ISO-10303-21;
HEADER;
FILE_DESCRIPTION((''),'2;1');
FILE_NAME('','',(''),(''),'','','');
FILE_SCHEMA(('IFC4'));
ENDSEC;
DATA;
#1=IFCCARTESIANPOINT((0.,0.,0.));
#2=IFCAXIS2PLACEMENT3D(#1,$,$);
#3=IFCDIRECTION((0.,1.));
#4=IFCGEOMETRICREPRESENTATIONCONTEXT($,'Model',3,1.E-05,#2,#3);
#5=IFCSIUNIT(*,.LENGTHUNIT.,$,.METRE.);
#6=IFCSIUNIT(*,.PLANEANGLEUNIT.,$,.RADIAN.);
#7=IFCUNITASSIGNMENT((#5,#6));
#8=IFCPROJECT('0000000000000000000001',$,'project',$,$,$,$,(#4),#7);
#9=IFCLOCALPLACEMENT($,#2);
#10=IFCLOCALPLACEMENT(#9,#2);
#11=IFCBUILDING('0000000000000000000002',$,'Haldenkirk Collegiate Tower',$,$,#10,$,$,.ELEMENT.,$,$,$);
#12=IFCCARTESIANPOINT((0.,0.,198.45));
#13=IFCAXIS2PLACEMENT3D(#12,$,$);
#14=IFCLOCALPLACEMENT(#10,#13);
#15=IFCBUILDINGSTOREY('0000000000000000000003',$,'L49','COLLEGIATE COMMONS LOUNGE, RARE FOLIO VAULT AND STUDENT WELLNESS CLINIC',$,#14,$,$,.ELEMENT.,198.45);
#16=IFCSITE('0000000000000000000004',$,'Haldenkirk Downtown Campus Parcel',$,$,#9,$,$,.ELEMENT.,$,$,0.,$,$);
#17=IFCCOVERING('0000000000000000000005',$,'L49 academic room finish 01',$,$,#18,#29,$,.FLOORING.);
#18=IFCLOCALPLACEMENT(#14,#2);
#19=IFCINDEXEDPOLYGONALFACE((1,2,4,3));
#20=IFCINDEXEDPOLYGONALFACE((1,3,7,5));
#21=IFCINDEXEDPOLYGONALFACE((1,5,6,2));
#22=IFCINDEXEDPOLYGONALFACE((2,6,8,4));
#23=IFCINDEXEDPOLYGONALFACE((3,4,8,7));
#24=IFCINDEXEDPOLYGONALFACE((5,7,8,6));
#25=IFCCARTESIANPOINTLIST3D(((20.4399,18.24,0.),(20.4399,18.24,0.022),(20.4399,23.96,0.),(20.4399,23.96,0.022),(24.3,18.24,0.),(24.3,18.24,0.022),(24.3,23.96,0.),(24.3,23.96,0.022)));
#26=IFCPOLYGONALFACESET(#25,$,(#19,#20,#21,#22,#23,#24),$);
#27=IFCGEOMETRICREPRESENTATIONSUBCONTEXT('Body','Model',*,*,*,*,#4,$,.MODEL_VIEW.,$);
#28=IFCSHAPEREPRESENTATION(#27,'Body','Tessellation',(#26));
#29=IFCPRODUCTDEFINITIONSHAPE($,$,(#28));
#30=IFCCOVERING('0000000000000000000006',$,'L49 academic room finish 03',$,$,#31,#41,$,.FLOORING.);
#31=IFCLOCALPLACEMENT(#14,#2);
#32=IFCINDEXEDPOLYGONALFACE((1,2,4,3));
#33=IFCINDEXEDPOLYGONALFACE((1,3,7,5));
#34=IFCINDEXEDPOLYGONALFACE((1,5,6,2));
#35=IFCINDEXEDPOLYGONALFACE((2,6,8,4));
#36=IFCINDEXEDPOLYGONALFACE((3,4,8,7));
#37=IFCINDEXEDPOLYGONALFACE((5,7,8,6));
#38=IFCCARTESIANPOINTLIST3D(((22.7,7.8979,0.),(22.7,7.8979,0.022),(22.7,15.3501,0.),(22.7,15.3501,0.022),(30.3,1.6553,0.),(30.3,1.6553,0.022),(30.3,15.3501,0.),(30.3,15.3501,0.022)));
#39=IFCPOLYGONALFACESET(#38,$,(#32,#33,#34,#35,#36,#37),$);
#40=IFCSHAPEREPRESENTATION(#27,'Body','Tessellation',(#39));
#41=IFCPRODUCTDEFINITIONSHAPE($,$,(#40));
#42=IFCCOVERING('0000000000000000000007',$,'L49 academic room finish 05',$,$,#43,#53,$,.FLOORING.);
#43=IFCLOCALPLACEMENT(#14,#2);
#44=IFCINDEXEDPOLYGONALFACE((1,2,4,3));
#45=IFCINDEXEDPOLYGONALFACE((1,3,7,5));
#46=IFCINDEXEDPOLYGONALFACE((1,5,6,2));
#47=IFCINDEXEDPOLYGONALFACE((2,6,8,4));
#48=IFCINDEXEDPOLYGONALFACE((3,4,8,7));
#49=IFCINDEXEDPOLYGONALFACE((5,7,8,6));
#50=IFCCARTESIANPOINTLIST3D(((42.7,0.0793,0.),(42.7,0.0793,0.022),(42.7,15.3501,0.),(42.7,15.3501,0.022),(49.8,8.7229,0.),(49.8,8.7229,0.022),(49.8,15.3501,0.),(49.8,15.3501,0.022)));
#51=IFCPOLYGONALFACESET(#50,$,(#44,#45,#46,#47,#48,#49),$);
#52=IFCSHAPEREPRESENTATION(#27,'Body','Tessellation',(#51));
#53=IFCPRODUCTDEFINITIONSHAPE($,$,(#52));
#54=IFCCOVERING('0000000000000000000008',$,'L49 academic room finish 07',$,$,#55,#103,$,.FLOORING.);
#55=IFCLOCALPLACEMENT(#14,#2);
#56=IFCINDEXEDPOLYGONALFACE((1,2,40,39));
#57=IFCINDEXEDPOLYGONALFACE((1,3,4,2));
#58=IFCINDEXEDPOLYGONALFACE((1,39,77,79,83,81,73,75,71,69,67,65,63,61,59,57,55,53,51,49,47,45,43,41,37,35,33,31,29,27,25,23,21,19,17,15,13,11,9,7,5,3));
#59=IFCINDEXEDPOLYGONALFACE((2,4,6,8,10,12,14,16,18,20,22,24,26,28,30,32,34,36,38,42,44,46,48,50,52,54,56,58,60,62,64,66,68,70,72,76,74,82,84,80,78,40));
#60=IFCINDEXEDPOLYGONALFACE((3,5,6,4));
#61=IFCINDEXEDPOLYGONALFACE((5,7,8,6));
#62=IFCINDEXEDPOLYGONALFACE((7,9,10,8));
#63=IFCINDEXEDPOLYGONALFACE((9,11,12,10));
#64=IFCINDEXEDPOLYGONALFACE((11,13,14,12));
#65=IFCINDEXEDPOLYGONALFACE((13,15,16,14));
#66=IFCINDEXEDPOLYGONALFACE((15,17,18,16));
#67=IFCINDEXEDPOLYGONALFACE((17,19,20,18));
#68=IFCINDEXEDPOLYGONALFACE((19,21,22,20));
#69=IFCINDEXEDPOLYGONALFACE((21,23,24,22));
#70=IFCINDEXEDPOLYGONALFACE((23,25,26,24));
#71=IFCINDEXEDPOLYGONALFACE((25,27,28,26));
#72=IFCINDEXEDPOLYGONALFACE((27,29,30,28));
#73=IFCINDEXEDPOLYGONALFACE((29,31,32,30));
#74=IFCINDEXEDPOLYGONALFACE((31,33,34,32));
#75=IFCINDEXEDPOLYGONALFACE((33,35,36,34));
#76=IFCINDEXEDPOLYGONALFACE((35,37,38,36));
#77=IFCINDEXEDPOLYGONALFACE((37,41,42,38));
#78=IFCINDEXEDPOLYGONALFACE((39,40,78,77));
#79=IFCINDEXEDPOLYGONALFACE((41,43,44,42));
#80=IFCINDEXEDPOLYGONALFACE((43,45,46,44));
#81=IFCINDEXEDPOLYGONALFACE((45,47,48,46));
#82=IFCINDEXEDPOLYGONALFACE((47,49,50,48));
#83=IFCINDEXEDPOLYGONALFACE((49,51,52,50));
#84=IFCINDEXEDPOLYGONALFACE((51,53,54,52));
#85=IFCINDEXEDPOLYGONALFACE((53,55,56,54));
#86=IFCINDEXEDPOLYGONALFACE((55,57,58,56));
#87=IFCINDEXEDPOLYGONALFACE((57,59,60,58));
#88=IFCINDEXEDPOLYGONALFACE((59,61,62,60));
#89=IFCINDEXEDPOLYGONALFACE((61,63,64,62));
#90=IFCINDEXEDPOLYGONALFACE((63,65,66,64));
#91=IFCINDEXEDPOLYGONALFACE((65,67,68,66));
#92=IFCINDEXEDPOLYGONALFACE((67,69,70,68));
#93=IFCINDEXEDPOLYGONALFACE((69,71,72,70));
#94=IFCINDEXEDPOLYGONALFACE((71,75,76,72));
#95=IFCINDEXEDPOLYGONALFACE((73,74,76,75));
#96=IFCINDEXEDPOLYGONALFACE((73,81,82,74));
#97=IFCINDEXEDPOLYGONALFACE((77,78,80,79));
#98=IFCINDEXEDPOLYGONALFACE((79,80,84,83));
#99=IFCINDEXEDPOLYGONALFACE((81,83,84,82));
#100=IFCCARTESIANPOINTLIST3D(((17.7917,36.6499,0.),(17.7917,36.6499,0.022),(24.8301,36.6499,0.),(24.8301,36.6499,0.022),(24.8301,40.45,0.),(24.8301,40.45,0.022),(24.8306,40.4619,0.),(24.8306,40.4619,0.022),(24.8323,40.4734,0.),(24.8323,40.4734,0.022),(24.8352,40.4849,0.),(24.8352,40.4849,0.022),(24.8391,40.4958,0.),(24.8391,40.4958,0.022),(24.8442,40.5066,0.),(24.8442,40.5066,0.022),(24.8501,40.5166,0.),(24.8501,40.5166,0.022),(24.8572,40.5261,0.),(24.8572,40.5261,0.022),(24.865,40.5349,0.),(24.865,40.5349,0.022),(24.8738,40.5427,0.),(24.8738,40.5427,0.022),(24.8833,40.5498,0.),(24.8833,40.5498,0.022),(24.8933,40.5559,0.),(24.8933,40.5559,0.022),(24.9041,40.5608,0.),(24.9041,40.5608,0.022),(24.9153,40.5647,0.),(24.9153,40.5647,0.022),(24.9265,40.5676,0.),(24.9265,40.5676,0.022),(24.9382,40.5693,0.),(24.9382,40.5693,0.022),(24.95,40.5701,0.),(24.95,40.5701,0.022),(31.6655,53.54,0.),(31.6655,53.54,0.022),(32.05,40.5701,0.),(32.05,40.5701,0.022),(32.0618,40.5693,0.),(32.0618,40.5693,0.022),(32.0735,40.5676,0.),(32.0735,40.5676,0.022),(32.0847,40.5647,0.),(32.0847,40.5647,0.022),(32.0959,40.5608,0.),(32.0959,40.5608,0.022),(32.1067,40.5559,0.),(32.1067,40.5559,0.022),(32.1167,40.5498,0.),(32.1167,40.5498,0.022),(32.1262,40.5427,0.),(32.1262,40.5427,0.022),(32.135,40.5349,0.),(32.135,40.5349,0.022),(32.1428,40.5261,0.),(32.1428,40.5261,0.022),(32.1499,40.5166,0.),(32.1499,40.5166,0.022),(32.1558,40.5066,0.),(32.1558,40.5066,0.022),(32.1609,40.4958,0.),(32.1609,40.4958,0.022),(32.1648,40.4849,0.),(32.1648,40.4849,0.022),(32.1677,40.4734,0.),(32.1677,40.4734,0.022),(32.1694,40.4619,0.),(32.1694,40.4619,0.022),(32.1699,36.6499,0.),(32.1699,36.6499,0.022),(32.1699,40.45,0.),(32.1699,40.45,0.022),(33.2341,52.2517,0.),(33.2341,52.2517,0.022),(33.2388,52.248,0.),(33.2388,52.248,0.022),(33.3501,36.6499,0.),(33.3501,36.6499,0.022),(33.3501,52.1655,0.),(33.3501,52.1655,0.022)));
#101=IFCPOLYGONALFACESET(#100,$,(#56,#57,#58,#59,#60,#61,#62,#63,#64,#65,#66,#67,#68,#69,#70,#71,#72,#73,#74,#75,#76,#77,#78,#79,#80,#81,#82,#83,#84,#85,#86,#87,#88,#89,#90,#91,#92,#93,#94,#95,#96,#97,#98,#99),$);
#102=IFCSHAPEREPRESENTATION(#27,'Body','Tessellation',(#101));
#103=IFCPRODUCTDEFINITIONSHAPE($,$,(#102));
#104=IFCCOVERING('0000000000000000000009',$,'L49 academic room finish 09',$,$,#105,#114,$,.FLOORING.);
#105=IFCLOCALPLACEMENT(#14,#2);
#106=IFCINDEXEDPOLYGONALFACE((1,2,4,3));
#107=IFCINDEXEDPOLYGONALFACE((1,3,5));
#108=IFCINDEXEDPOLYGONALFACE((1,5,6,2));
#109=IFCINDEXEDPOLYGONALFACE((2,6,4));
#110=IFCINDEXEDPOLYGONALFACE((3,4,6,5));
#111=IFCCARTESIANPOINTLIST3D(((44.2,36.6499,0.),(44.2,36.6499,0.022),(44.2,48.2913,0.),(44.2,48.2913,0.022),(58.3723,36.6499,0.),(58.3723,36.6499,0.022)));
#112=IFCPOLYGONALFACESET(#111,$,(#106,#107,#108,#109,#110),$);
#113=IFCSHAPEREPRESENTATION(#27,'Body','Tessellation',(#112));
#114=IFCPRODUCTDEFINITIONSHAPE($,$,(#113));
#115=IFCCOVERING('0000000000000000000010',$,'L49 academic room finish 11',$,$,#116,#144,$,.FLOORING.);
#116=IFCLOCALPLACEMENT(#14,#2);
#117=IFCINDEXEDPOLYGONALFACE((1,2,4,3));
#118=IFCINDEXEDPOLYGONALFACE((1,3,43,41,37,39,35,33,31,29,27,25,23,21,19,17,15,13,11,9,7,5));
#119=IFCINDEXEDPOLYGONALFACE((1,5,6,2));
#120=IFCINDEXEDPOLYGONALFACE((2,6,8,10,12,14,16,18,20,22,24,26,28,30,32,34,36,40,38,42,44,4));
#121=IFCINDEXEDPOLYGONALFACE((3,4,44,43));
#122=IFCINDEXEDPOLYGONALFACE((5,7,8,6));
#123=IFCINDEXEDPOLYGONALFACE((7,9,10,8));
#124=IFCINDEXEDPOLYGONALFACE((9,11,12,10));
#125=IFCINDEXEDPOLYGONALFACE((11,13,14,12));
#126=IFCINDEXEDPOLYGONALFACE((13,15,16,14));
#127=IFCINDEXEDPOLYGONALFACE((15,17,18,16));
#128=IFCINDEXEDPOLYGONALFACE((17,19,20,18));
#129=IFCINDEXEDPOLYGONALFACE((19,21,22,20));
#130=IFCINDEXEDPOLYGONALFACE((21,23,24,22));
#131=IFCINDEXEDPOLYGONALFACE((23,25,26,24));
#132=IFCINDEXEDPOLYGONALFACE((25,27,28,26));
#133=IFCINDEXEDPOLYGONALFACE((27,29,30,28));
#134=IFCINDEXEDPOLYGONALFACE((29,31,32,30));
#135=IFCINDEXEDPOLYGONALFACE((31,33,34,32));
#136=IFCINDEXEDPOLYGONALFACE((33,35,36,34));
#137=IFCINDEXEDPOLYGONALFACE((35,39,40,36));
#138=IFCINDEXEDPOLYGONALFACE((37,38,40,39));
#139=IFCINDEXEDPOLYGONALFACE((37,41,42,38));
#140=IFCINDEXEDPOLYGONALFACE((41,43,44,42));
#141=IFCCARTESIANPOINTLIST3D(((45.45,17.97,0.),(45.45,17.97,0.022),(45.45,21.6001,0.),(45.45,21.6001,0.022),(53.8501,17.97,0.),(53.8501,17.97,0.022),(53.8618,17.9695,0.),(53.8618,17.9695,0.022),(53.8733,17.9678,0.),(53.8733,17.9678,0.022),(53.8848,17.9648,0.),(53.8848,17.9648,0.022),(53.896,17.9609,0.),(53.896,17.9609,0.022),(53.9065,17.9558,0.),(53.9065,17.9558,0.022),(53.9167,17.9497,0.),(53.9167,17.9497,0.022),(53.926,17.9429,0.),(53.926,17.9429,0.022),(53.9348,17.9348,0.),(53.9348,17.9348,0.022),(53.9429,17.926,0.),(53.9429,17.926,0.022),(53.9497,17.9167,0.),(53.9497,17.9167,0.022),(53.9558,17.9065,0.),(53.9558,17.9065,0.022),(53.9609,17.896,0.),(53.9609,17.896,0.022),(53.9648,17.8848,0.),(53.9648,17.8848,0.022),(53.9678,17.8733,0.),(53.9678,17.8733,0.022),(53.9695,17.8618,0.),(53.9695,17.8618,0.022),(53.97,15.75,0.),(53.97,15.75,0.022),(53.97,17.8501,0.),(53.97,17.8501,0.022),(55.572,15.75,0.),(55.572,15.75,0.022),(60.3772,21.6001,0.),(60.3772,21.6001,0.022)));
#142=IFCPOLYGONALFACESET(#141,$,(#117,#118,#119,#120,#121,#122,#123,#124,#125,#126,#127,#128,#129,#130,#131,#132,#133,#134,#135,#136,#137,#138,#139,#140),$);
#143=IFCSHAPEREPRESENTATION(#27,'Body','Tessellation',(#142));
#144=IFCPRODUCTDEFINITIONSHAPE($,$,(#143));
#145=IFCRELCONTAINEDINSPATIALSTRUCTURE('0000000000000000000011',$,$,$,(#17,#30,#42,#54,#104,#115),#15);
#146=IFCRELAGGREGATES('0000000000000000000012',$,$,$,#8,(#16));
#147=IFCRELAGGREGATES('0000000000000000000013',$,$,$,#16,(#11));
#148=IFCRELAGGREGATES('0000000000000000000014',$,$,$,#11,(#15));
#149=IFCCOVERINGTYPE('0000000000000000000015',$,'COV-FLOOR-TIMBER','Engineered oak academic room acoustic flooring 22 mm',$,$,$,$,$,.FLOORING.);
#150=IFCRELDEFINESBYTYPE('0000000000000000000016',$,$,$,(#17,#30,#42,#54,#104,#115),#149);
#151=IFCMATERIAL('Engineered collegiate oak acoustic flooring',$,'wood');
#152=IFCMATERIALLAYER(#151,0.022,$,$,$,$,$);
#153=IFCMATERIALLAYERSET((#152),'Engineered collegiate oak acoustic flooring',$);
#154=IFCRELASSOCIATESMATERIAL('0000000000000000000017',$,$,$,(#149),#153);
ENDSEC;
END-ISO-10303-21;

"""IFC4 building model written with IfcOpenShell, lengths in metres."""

from ifc_helpers import new_model, si_unit, direction, frame, origin, place, context, subcontext, project, spatial, polyline, outline, extrude, material, layer, layer_set, type_object, element, save


model = new_model("IFC4")

# Units and contexts
model_context = context("Model", 3, precision=1e-05, world=origin(), true_north=direction((0.0, 1.0)))
body_context = subcontext(model_context, "Body", "Model", "MODEL_VIEW")
ifc_project = project(units=[si_unit("LENGTHUNIT", "METRE"), si_unit("PLANEANGLEUNIT", "RADIAN")], contexts=[model_context])

# Site, building, storey
site_placement = place(None, origin())
site = spatial("IfcSite", under=ifc_project, at=site_placement, Name="Haldenkirk Downtown Campus Parcel", CompositionType="ELEMENT", RefElevation=0.0)
building_placement = place(site_placement, origin())
building = spatial("IfcBuilding", under=site, at=building_placement, Name="Haldenkirk Collegiate Tower", CompositionType="ELEMENT")
storey_placement = place(building_placement, frame((0.0, 0.0, 198.45)))
storey = spatial("IfcBuildingStorey", under=building, at=storey_placement, Name="L49", Description="COLLEGIATE COMMONS LOUNGE, RARE FOLIO VAULT AND STUDENT WELLNESS CLINIC", CompositionType="ELEMENT", Elevation=198.45)

# Coverings
ifc_material_1 = material(Name="Engineered collegiate oak acoustic flooring", Category="wood")
ifc_layer_1 = layer(ifc_material_1, 0.022)
ifc_layer_set_1 = layer_set([ifc_layer_1], Name="Engineered collegiate oak acoustic flooring")
covering_type_1 = type_object("IfcCoveringType", Name="COV-FLOOR-TIMBER", Description="Engineered oak academic room acoustic flooring 22 mm", PredefinedType="FLOORING", material=ifc_layer_set_1)
covering_1_placement = place(storey_placement, origin())
element("IfcCovering", 1, at=covering_1_placement, inside=storey, type_object=covering_type_1, Name="L49 academic room finish 01", PredefinedType="FLOORING", context=body_context, shape_type="SweptSolid", body=[
    extrude(outline(polyline([(20.4399, 18.24), (20.4399, 23.96), (24.3, 23.96), (24.3, 18.24), (20.4399, 18.24)])), origin(), (0.0, 0.0, 1.0), 0.022),
])
covering_2_placement = place(storey_placement, origin())
element("IfcCovering", 2, at=covering_2_placement, inside=storey, type_object=covering_type_1, Name="L49 academic room finish 03", PredefinedType="FLOORING", context=body_context, shape_type="SweptSolid", body=[
    extrude(outline(polyline([(22.7, 7.8979), (22.7, 15.3501), (30.3, 15.3501), (30.3, 1.6553), (22.7, 7.8979)])), origin(), (0.0, 0.0, 1.0), 0.022),
])
covering_3_placement = place(storey_placement, origin())
element("IfcCovering", 3, at=covering_3_placement, inside=storey, type_object=covering_type_1, Name="L49 academic room finish 05", PredefinedType="FLOORING", context=body_context, shape_type="SweptSolid", body=[
    extrude(outline(polyline([(42.7, 0.0793), (42.7, 15.3501), (49.8, 15.3501), (49.8, 8.7229), (42.7, 0.0793)])), origin(), (0.0, 0.0, 1.0), 0.022),
])
covering_4_placement = place(storey_placement, origin())
element("IfcCovering", 4, at=covering_4_placement, inside=storey, type_object=covering_type_1, Name="L49 academic room finish 07", PredefinedType="FLOORING", context=body_context, shape_type="SweptSolid", body=[
    extrude(outline(polyline([(33.2341, 52.2517), (33.2388, 52.248), (33.3501, 52.1655), (33.3501, 36.6499), (32.1699, 36.6499), (32.1699, 40.45), (32.1694, 40.4619), (32.1677, 40.4734), (32.1648, 40.4849), (32.1609, 40.4958), (32.1558, 40.5066), (32.1499, 40.5166), (32.1428, 40.5261), (32.135, 40.5349), (32.1262, 40.5427), (32.1167, 40.5498), (32.1067, 40.5559), (32.0959, 40.5608), (32.0847, 40.5647), (32.0735, 40.5676), (32.0618, 40.5693), (32.05, 40.5701), (24.95, 40.5701), (24.9382, 40.5693), (24.9265, 40.5676), (24.9153, 40.5647), (24.9041, 40.5608), (24.8933, 40.5559), (24.8833, 40.5498), (24.8738, 40.5427), (24.865, 40.5349), (24.8572, 40.5261), (24.8501, 40.5166), (24.8442, 40.5066), (24.8391, 40.4958), (24.8352, 40.4849), (24.8323, 40.4734), (24.8306, 40.4619), (24.8301, 40.45), (24.8301, 36.6499), (17.7917, 36.6499), (31.6655, 53.54), (33.2341, 52.2517)])), origin(), (0.0, 0.0, 1.0), 0.022),
])
covering_5_placement = place(storey_placement, origin())
element("IfcCovering", 5, at=covering_5_placement, inside=storey, type_object=covering_type_1, Name="L49 academic room finish 09", PredefinedType="FLOORING", context=body_context, shape_type="SweptSolid", body=[
    extrude(outline(polyline([(58.3723, 36.6499), (44.2, 36.6499), (44.2, 48.2913), (58.3723, 36.6499)])), origin(), (0.0, 0.0, 1.0), 0.022),
])
covering_6_placement = place(storey_placement, origin())
element("IfcCovering", 6, at=covering_6_placement, inside=storey, type_object=covering_type_1, Name="L49 academic room finish 11", PredefinedType="FLOORING", context=body_context, shape_type="SweptSolid", body=[
    extrude(outline(polyline([(55.572, 15.75), (53.97, 15.75), (53.97, 17.8501), (53.9695, 17.8618), (53.9678, 17.8733), (53.9648, 17.8848), (53.9609, 17.896), (53.9558, 17.9065), (53.9497, 17.9167), (53.9429, 17.926), (53.9348, 17.9348), (53.926, 17.9429), (53.9167, 17.9497), (53.9065, 17.9558), (53.896, 17.9609), (53.8848, 17.9648), (53.8733, 17.9678), (53.8618, 17.9695), (53.8501, 17.97), (45.45, 17.97), (45.45, 21.6001), (60.3772, 21.6001), (55.572, 15.75)])), origin(), (0.0, 0.0, 1.0), 0.022),
])

save(model, "model.ifc")
